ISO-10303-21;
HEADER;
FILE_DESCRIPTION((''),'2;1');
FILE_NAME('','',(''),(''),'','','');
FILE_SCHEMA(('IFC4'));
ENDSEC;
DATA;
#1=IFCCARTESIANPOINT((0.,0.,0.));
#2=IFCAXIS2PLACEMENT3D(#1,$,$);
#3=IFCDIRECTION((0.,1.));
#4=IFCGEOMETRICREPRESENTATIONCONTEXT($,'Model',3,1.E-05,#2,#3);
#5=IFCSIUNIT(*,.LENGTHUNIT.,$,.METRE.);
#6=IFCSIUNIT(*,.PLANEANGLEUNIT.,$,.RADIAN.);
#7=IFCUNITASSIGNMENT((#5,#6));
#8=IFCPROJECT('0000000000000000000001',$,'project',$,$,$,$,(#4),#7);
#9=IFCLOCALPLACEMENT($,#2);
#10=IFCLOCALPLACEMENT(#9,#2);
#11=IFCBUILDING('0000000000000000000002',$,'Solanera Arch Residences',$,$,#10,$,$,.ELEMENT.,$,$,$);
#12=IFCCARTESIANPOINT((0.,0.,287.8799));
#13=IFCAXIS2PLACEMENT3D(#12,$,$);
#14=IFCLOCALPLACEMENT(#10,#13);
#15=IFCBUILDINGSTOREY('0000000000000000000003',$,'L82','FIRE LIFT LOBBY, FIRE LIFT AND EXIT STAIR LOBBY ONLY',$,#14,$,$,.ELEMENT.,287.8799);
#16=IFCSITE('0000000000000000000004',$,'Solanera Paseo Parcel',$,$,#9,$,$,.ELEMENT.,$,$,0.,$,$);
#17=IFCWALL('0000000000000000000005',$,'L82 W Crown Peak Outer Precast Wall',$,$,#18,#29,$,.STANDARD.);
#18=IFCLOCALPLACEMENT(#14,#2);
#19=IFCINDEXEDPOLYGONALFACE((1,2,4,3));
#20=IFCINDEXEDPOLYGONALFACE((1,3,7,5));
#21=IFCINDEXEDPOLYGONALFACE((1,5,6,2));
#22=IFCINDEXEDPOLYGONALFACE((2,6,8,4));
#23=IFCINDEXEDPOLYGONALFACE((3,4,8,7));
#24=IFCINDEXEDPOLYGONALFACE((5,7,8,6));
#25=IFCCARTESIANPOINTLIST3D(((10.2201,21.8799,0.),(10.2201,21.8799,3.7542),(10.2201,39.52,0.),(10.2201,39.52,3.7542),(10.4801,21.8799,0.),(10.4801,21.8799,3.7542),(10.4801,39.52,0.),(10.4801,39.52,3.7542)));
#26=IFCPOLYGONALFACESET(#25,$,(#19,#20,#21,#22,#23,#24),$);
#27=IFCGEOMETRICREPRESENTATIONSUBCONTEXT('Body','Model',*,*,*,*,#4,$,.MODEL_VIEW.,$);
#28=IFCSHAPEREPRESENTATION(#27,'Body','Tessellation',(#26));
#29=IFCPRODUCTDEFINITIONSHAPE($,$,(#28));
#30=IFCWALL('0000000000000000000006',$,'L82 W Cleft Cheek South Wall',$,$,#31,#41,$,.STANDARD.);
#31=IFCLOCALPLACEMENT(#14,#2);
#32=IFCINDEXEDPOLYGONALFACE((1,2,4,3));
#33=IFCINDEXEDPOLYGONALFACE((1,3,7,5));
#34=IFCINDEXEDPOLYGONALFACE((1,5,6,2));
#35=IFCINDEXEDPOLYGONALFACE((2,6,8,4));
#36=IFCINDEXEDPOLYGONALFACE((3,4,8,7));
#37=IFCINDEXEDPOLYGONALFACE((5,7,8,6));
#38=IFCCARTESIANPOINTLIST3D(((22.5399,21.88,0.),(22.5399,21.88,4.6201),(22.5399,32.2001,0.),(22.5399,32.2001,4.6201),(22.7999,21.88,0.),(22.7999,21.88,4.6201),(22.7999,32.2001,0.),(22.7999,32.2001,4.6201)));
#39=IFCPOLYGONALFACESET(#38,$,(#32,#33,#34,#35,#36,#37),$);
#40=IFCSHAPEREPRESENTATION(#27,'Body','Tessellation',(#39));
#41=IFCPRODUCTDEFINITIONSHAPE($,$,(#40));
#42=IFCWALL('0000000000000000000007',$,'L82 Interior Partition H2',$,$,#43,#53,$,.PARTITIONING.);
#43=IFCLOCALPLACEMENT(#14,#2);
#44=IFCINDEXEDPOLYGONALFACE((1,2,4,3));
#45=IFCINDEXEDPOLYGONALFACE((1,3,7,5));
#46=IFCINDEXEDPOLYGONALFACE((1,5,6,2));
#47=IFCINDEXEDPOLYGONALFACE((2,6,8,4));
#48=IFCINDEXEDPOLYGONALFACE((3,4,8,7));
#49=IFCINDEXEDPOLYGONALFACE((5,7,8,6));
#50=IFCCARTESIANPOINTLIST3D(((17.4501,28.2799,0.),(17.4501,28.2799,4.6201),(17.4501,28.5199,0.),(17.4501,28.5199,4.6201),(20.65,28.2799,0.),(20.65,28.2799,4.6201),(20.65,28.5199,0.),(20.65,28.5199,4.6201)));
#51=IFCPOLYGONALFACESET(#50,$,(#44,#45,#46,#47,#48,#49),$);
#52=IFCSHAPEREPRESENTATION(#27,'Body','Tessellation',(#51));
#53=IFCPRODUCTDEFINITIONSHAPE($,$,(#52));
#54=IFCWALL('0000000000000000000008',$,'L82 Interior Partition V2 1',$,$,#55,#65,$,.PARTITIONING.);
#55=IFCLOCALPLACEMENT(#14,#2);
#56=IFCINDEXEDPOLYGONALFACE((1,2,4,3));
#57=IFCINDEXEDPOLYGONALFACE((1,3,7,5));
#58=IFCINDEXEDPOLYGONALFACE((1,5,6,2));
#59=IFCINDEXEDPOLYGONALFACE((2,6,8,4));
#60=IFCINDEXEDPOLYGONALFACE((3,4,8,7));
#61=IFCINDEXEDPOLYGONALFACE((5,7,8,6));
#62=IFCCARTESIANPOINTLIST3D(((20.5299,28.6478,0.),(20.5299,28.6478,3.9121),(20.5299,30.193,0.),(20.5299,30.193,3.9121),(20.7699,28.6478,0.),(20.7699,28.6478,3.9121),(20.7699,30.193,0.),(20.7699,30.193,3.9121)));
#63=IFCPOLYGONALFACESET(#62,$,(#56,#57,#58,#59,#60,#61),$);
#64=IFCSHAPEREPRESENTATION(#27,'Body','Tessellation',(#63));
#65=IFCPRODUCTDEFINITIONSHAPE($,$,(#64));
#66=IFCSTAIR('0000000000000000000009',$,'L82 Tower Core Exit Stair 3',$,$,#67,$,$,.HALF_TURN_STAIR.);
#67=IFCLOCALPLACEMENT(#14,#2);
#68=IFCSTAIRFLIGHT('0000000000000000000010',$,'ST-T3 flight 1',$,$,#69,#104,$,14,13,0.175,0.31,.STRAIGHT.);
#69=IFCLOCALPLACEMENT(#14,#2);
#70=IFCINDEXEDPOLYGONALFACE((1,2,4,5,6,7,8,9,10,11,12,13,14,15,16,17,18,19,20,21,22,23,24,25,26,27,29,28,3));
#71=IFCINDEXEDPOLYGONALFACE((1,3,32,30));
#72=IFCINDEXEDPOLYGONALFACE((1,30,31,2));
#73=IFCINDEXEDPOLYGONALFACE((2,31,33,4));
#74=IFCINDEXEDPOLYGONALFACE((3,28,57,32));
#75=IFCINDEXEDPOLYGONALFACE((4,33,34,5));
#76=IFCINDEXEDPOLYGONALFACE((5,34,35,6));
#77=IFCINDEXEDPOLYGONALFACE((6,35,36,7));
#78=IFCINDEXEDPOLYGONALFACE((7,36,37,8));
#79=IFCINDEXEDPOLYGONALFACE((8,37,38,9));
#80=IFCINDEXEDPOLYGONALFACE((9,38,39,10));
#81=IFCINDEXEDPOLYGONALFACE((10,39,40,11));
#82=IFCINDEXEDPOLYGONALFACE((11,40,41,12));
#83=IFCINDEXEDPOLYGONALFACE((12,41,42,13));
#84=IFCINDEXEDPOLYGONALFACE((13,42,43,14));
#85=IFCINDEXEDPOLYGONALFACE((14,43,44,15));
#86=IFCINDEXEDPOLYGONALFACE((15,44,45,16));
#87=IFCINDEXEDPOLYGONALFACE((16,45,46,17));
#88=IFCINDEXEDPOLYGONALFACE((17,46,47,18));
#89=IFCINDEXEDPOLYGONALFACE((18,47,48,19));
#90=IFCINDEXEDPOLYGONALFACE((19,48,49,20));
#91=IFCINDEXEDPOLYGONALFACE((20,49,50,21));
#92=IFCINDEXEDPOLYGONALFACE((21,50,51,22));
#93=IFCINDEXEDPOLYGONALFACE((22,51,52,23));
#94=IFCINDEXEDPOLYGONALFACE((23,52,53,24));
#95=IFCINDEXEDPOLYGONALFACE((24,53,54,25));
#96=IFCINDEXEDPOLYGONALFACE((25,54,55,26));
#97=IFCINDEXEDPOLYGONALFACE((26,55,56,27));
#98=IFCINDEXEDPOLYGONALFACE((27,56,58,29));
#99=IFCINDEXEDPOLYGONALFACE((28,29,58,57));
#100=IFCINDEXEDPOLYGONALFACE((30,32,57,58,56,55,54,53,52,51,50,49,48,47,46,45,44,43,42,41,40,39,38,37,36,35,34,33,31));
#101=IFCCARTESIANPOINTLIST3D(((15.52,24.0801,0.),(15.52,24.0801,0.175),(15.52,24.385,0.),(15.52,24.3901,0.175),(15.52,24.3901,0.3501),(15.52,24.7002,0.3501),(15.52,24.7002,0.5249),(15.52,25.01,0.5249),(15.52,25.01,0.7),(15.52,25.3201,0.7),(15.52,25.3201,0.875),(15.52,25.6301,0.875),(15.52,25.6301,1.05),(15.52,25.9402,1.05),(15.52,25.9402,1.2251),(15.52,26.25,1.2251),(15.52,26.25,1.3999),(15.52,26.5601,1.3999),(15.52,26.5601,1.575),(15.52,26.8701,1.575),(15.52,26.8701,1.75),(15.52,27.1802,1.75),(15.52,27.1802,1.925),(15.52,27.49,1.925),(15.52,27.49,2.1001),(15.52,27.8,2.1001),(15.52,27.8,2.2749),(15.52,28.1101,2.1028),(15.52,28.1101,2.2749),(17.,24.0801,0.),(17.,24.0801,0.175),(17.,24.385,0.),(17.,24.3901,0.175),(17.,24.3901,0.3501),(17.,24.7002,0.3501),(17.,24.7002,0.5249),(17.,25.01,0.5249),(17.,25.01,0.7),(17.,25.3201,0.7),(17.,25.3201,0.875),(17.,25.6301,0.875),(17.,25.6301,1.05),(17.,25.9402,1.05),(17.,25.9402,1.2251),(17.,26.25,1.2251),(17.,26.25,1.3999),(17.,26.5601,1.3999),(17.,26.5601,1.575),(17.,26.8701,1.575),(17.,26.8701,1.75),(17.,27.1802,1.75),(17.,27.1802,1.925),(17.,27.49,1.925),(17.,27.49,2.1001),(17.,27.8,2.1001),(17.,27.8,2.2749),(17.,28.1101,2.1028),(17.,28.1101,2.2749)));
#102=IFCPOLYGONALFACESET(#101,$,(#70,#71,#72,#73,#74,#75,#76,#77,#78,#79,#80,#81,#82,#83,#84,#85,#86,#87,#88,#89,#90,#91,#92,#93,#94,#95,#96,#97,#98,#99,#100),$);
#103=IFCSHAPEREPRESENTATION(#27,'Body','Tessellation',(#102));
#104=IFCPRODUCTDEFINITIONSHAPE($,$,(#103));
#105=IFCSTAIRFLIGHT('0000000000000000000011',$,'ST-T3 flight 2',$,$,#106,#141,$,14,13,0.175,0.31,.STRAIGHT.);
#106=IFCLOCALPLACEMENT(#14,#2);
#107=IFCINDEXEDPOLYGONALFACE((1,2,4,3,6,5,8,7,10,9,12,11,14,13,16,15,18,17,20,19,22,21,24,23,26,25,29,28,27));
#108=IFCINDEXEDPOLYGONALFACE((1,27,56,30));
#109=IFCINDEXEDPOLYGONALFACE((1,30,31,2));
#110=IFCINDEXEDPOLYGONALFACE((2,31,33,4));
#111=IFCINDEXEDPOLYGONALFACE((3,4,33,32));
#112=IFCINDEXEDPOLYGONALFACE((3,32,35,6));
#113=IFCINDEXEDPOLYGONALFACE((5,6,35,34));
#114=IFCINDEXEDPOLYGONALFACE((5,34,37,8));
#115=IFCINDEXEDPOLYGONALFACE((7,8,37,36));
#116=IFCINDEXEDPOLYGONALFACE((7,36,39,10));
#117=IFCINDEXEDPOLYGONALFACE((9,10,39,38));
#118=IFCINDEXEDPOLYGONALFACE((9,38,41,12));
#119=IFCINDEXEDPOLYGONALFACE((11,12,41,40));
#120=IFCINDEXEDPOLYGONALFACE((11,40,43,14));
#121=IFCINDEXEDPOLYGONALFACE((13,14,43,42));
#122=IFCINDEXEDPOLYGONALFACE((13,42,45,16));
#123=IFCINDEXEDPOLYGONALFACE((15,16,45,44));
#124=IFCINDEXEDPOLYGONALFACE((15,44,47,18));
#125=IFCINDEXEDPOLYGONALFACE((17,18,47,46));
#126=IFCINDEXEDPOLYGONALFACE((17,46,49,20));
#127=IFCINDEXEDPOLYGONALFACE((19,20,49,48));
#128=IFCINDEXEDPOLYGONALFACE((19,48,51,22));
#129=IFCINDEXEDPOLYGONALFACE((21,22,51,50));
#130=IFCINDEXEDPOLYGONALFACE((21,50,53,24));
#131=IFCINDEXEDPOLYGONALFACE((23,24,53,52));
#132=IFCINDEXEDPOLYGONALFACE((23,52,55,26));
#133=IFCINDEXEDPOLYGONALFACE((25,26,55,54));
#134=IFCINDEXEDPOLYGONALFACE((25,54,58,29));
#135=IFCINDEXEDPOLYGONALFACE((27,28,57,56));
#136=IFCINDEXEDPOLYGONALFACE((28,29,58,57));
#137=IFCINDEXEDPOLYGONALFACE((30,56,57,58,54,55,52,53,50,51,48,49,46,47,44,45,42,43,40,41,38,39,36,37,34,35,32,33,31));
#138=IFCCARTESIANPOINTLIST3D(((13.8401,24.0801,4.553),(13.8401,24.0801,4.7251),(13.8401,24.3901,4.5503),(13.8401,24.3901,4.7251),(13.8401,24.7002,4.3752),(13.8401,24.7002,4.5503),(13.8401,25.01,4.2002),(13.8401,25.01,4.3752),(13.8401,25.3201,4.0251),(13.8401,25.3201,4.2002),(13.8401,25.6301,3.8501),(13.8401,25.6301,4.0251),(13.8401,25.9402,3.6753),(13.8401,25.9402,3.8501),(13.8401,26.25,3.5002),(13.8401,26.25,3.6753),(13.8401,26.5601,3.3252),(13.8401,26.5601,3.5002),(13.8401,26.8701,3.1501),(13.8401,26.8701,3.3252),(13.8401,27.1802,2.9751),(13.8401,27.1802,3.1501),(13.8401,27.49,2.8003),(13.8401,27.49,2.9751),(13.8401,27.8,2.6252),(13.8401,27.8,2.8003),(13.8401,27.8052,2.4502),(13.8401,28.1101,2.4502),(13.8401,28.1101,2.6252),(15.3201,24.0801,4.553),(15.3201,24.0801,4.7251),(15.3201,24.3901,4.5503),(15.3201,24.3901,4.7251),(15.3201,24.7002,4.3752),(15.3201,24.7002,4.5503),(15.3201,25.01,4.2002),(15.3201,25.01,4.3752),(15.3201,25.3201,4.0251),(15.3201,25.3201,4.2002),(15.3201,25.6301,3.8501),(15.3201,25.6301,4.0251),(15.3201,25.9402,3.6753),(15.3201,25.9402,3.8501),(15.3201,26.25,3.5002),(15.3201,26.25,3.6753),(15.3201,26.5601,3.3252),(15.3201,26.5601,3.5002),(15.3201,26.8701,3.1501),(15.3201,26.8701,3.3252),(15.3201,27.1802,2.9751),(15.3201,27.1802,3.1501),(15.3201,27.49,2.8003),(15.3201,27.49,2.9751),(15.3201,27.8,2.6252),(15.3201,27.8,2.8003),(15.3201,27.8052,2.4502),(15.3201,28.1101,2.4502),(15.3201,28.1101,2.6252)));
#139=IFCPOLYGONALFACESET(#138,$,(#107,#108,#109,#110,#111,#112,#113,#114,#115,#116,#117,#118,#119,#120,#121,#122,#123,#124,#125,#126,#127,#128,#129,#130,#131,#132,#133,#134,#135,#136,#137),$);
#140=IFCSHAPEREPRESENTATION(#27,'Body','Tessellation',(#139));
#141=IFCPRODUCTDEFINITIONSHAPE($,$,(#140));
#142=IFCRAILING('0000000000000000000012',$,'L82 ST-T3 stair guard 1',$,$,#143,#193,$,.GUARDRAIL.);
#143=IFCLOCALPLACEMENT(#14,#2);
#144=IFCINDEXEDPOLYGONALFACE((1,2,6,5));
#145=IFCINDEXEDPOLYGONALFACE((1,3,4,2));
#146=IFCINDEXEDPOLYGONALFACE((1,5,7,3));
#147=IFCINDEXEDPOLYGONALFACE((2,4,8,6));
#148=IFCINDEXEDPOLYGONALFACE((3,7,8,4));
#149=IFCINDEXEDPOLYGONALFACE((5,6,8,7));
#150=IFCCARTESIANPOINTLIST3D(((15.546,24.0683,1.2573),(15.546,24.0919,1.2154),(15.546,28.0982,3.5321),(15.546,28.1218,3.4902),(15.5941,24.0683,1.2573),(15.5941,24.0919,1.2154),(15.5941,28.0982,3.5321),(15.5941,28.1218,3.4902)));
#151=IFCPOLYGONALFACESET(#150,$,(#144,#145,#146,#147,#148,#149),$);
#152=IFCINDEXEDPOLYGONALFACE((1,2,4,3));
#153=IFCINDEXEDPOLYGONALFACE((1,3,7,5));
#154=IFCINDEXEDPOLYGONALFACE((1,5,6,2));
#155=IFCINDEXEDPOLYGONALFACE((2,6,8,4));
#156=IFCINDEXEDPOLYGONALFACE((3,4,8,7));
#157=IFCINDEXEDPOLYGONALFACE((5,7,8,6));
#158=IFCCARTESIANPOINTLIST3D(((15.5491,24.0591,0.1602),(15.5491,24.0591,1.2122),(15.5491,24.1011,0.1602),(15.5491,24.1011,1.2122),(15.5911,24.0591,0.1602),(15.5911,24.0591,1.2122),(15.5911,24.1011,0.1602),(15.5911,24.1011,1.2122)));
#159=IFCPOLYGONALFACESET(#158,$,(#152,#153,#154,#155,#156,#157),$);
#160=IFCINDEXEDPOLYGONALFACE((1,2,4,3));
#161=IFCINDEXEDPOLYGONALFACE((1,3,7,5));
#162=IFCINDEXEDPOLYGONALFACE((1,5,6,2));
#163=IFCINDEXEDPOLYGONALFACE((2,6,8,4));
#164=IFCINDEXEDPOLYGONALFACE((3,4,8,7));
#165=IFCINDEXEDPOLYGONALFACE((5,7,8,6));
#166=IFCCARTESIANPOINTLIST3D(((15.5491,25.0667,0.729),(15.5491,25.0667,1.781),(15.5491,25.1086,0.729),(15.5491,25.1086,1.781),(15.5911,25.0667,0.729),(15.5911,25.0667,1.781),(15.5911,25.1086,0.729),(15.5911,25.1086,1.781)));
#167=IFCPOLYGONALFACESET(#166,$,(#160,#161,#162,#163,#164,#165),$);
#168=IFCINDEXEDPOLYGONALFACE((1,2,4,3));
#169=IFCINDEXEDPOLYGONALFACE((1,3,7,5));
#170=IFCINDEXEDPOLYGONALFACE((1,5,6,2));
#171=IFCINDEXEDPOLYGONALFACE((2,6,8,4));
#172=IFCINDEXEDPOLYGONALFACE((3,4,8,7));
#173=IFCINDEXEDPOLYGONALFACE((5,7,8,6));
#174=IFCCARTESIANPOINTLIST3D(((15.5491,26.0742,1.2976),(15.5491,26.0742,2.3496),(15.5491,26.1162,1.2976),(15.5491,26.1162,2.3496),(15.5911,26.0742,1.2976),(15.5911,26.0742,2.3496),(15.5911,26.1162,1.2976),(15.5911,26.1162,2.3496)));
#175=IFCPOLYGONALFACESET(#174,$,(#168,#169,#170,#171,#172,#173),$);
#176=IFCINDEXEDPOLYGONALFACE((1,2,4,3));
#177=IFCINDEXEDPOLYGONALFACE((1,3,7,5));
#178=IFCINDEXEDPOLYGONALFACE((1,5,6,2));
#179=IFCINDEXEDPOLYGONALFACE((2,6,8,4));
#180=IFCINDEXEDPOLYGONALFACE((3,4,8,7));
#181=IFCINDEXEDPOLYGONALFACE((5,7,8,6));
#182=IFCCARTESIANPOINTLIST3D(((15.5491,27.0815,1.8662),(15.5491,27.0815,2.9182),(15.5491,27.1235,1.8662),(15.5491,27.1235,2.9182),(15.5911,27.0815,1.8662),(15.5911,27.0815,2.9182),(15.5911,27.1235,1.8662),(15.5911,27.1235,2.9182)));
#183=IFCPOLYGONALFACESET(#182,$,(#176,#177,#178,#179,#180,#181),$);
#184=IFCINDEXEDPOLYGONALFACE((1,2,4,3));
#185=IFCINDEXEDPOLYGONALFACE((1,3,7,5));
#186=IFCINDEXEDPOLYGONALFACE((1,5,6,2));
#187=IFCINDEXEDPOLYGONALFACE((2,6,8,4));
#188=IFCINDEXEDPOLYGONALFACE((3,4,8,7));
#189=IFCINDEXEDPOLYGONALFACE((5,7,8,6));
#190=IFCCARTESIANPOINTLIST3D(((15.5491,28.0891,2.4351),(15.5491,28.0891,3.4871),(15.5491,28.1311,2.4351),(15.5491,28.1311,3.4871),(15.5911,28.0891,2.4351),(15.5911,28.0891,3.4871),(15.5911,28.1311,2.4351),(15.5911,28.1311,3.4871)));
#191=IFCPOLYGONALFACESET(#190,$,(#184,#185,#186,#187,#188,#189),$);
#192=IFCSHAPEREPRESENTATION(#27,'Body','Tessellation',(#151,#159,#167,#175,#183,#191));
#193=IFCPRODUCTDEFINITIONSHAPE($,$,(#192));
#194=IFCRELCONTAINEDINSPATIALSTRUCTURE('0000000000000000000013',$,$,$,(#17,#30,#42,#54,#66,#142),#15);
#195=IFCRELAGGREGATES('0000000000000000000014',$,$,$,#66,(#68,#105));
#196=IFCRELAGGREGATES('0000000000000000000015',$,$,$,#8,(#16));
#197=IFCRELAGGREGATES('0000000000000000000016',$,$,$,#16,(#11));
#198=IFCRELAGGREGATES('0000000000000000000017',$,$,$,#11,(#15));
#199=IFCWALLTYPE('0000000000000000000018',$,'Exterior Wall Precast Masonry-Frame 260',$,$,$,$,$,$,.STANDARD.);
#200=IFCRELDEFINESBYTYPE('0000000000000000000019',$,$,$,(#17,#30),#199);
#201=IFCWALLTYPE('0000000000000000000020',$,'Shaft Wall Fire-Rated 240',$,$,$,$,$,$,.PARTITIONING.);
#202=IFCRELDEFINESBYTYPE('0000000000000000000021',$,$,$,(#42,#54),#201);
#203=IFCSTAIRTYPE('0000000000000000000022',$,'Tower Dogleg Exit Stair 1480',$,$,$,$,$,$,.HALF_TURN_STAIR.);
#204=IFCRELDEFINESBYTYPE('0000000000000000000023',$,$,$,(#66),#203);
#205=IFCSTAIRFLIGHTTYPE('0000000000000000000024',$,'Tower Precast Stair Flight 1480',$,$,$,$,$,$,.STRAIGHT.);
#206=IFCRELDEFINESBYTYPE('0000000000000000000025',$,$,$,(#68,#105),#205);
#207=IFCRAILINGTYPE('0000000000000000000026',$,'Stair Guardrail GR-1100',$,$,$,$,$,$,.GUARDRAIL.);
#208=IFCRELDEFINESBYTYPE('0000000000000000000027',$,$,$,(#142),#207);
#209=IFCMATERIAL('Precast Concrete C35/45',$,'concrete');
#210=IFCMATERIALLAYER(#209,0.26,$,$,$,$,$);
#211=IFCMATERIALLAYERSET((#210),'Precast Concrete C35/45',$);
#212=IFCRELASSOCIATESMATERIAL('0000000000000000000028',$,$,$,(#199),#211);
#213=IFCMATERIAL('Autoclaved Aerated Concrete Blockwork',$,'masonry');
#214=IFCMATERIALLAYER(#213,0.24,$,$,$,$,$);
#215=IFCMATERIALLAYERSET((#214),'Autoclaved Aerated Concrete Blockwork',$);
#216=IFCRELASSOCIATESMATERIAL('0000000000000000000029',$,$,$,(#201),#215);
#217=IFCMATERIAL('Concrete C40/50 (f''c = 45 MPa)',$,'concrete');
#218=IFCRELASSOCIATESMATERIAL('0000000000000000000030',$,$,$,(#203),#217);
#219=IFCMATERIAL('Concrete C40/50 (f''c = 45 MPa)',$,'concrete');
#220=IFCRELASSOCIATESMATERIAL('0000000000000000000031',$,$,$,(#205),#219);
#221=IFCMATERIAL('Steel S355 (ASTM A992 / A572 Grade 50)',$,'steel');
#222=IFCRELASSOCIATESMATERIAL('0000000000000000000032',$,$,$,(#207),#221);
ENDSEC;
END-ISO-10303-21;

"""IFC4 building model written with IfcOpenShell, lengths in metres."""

from ifc_helpers import new_model, si_unit, direction, frame, frame_2d, origin, origin_2d, place, context, subcontext, project, spatial, polyline, rectangle, outline, extrude, material, layer, layer_set, type_object, element, aggregate, save


model = new_model("IFC4")

# Units and contexts
model_context = context("Model", 3, precision=1e-05, world=origin(), true_north=direction((0.0, 1.0)))
body_context = subcontext(model_context, "Body", "Model", "MODEL_VIEW")
ifc_project = project(units=[si_unit("LENGTHUNIT", "METRE"), si_unit("PLANEANGLEUNIT", "RADIAN")], contexts=[model_context])

# Site, building, storey
site_placement = place(None, origin())
site = spatial("IfcSite", under=ifc_project, at=site_placement, Name="Solanera Paseo Parcel", CompositionType="ELEMENT", RefElevation=0.0)
building_placement = place(site_placement, origin())
building = spatial("IfcBuilding", under=site, at=building_placement, Name="Solanera Arch Residences", CompositionType="ELEMENT")
storey_placement = place(building_placement, frame((0.0, 0.0, 287.8799)))
storey = spatial("IfcBuildingStorey", under=building, at=storey_placement, Name="L82", Description="FIRE LIFT LOBBY, FIRE LIFT AND EXIT STAIR LOBBY ONLY", CompositionType="ELEMENT", Elevation=287.8799)

# Walls
ifc_material_1 = material(Name="Precast Concrete C35/45", Category="concrete")
ifc_layer_1 = layer(ifc_material_1, 0.26)
ifc_layer_set_1 = layer_set([ifc_layer_1], Name="Precast Concrete C35/45")
wall_type_1 = type_object("IfcWallType", Name="Exterior Wall Precast Masonry-Frame 260", PredefinedType="STANDARD", material=ifc_layer_set_1)
wall_1_placement = place(storey_placement, frame((10.3501, 21.8799, 0.0), z_axis=(0.0, 0.0, 1.0), x_axis=(0.0, 1.0, 0.0)))
element("IfcWall", 1, at=wall_1_placement, inside=storey, type_object=wall_type_1, Name="L82 W Crown Peak Outer Precast Wall", PredefinedType="STANDARD", context=body_context, shape_type="SweptSolid", body=[
    extrude(rectangle(XDim=17.6401, YDim=0.26, at=frame_2d((8.8201, 0.0))), origin(), (0.0, 0.0, 1.0), 3.7542),
])
wall_2_placement = place(storey_placement, frame((22.6699, 21.8799, 0.0), z_axis=(0.0, 0.0, 1.0), x_axis=(0.0, 1.0, 0.0)))
element("IfcWall", 2, at=wall_2_placement, inside=storey, type_object=wall_type_1, Name="L82 W Cleft Cheek South Wall", PredefinedType="STANDARD", context=body_context, shape_type="SweptSolid", body=[
    extrude(rectangle(XDim=10.3201, YDim=0.26, at=frame_2d((5.1602, 0.0))), origin(), (0.0, 0.0, 1.0), 4.6201),
])
ifc_material_2 = material(Name="Autoclaved Aerated Concrete Blockwork", Category="masonry")
ifc_layer_2 = layer(ifc_material_2, 0.24)
ifc_layer_set_2 = layer_set([ifc_layer_2], Name="Autoclaved Aerated Concrete Blockwork")
wall_type_2 = type_object("IfcWallType", Name="Shaft Wall Fire-Rated 240", PredefinedType="PARTITIONING", material=ifc_layer_set_2)
wall_3_placement = place(storey_placement, frame((17.45, 28.3999, 0.0), z_axis=(0.0, 0.0, 1.0), x_axis=(1.0, 0.0, 0.0)))
element("IfcWall", 3, at=wall_3_placement, inside=storey, type_object=wall_type_2, Name="L82 Interior Partition H2", PredefinedType="PARTITIONING", context=body_context, shape_type="SweptSolid", body=[
    extrude(rectangle(XDim=3.2, YDim=0.24, at=frame_2d((1.6001, 0.0))), origin(), (0.0, 0.0, 1.0), 4.6201),
])
wall_4_placement = place(storey_placement, frame((20.6499, 28.6479, 0.0), z_axis=(0.0, 0.0, 1.0), x_axis=(0.0, 1.0, 0.0)))
element("IfcWall", 4, at=wall_4_placement, inside=storey, type_object=wall_type_2, Name="L82 Interior Partition V2 1", PredefinedType="PARTITIONING", context=body_context, shape_type="SweptSolid", body=[
    extrude(rectangle(XDim=1.5452, YDim=0.24, at=frame_2d((0.7725, 0.0))), origin(), (0.0, 0.0, 1.0), 3.9121),
])

# Stair, stair flights
ifc_material_3 = material(Name="Concrete C40/50 (f'c = 45 MPa)", Category="concrete")
stair_type = type_object("IfcStairType", Name="Tower Dogleg Exit Stair 1480", PredefinedType="HALF_TURN_STAIR", material=ifc_material_3)
stair_placement = place(storey_placement, origin())
stair = element("IfcStair", 5, at=stair_placement, inside=storey, type_object=stair_type, Name="L82 Tower Core Exit Stair 3", PredefinedType="HALF_TURN_STAIR")
ifc_material_4 = material(Name="Concrete C40/50 (f'c = 45 MPa)", Category="concrete")
stair_flight_type = type_object("IfcStairFlightType", Name="Tower Precast Stair Flight 1480", PredefinedType="STRAIGHT", material=ifc_material_4)
stair_flight_1_placement = place(storey_placement, frame((16.26, 24.0801, 0.0), z_axis=(0.0, 0.0, 1.0), x_axis=(0.0, 1.0, 0.0)))
stair_flight_1 = element("IfcStairFlight", 6, at=stair_flight_1_placement, type_object=stair_flight_type, Name="ST-T3 flight 1", NumberOfRisers=14, NumberOfTreads=13, PredefinedType="STRAIGHT", RiserHeight=0.175, TreadLength=0.31, context=body_context, shape_type="SweptSolid", body=[
    extrude(outline(polyline([(0.0, 0.0), (0.0, 0.175), (0.3101, 0.175), (0.3101, 0.3501), (0.6201, 0.3501), (0.6201, 0.5249), (0.9299, 0.5249), (0.9299, 0.7), (1.24, 0.7), (1.24, 0.875), (1.55, 0.875), (1.55, 1.05), (1.8601, 1.05), (1.8601, 1.2251), (2.1699, 1.2251), (2.1699, 1.3999), (2.48, 1.3999), (2.48, 1.575), (2.79, 1.575), (2.79, 1.75), (3.1001, 1.75), (3.1001, 1.925), (3.4099, 1.925), (3.4099, 2.1001), (3.72, 2.1001), (3.72, 2.2749), (4.03, 2.2749), (4.03, 2.45), (4.03, 2.1028), (0.3049, 0.0), (0.0, 0.0)])), frame((0.0, 0.74, 0.0), z_axis=(0.0, -1.0, 0.0), x_axis=(1.0, 0.0, 0.0)), (0.0, 0.0, 1.0), 1.48),
])
stair_flight_2_placement = place(storey_placement, frame((14.5801, 28.1101, 2.4502), z_axis=(0.0, 0.0, 1.0), x_axis=(0.0, -1.0, 0.0)))
stair_flight_2 = element("IfcStairFlight", 7, at=stair_flight_2_placement, type_object=stair_flight_type, Name="ST-T3 flight 2", NumberOfRisers=14, NumberOfTreads=13, PredefinedType="STRAIGHT", RiserHeight=0.175, TreadLength=0.31, context=body_context, shape_type="SweptSolid", body=[
    extrude(outline(polyline([(0.0, 0.0), (0.0, 0.175), (0.3101, 0.175), (0.3101, 0.3501), (0.6201, 0.3501), (0.6201, 0.5249), (0.9299, 0.5249), (0.9299, 0.7), (1.24, 0.7), (1.24, 0.875), (1.55, 0.875), (1.55, 1.05), (1.8601, 1.05), (1.8601, 1.2251), (2.1699, 1.2251), (2.1699, 1.3999), (2.48, 1.3999), (2.48, 1.575), (2.79, 1.575), (2.79, 1.75), (3.1001, 1.75), (3.1001, 1.925), (3.4099, 1.925), (3.4099, 2.1001), (3.72, 2.1001), (3.72, 2.2749), (4.03, 2.2749), (4.03, 2.45), (4.03, 2.1028), (0.3049, 0.0), (0.0, 0.0)])), frame((0.0, 0.74, 0.0), z_axis=(0.0, -1.0, 0.0), x_axis=(1.0, 0.0, 0.0)), (0.0, 0.0, 1.0), 1.48),
])
aggregate(stair, [stair_flight_1, stair_flight_2])

# Railing
ifc_material_5 = material(Name="Steel S355 (ASTM A992 / A572 Grade 50)", Category="steel")
railing_type_1 = type_object("IfcRailingType", Name="Stair Guardrail GR-1100", PredefinedType="GUARDRAIL", material=ifc_material_5)
railing_1_placement = place(storey_placement, frame((15.5701, 24.0801, 0.1602)))
element("IfcRailing", 8, at=railing_1_placement, inside=storey, type_object=railing_type_1, Name="L82 ST-T3 stair guard 1", PredefinedType="GUARDRAIL", context=body_context, shape_type="SweptSolid", body=[
    extrude(rectangle(XDim=0.0481, YDim=0.0481, at=origin_2d()), frame((0.0, 0.0, 1.0762), z_axis=(0.0, 0.870835, 0.491576), x_axis=(-1.0, 0.0, 0.0)), (0.0, 0.0, 1.0), 4.6277),
    extrude(rectangle(XDim=0.042, YDim=0.042, at=origin_2d()), origin(), (0.0, 0.0, 1.0), 1.052),
    extrude(rectangle(XDim=0.042, YDim=0.042, at=origin_2d()), frame((0.0, 1.0076, 0.5688)), (0.0, 0.0, 1.0), 1.052),
    extrude(rectangle(XDim=0.042, YDim=0.042, at=origin_2d()), frame((0.0, 2.0151, 1.1375)), (0.0, 0.0, 1.0), 1.052),
    extrude(rectangle(XDim=0.042, YDim=0.042, at=origin_2d()), frame((0.0, 3.0225, 1.7061)), (0.0, 0.0, 1.0), 1.052),
    extrude(rectangle(XDim=0.042, YDim=0.042, at=origin_2d()), frame((0.0, 4.03, 2.2749)), (0.0, 0.0, 1.0), 1.052),
])

save(model, "model.ifc")
